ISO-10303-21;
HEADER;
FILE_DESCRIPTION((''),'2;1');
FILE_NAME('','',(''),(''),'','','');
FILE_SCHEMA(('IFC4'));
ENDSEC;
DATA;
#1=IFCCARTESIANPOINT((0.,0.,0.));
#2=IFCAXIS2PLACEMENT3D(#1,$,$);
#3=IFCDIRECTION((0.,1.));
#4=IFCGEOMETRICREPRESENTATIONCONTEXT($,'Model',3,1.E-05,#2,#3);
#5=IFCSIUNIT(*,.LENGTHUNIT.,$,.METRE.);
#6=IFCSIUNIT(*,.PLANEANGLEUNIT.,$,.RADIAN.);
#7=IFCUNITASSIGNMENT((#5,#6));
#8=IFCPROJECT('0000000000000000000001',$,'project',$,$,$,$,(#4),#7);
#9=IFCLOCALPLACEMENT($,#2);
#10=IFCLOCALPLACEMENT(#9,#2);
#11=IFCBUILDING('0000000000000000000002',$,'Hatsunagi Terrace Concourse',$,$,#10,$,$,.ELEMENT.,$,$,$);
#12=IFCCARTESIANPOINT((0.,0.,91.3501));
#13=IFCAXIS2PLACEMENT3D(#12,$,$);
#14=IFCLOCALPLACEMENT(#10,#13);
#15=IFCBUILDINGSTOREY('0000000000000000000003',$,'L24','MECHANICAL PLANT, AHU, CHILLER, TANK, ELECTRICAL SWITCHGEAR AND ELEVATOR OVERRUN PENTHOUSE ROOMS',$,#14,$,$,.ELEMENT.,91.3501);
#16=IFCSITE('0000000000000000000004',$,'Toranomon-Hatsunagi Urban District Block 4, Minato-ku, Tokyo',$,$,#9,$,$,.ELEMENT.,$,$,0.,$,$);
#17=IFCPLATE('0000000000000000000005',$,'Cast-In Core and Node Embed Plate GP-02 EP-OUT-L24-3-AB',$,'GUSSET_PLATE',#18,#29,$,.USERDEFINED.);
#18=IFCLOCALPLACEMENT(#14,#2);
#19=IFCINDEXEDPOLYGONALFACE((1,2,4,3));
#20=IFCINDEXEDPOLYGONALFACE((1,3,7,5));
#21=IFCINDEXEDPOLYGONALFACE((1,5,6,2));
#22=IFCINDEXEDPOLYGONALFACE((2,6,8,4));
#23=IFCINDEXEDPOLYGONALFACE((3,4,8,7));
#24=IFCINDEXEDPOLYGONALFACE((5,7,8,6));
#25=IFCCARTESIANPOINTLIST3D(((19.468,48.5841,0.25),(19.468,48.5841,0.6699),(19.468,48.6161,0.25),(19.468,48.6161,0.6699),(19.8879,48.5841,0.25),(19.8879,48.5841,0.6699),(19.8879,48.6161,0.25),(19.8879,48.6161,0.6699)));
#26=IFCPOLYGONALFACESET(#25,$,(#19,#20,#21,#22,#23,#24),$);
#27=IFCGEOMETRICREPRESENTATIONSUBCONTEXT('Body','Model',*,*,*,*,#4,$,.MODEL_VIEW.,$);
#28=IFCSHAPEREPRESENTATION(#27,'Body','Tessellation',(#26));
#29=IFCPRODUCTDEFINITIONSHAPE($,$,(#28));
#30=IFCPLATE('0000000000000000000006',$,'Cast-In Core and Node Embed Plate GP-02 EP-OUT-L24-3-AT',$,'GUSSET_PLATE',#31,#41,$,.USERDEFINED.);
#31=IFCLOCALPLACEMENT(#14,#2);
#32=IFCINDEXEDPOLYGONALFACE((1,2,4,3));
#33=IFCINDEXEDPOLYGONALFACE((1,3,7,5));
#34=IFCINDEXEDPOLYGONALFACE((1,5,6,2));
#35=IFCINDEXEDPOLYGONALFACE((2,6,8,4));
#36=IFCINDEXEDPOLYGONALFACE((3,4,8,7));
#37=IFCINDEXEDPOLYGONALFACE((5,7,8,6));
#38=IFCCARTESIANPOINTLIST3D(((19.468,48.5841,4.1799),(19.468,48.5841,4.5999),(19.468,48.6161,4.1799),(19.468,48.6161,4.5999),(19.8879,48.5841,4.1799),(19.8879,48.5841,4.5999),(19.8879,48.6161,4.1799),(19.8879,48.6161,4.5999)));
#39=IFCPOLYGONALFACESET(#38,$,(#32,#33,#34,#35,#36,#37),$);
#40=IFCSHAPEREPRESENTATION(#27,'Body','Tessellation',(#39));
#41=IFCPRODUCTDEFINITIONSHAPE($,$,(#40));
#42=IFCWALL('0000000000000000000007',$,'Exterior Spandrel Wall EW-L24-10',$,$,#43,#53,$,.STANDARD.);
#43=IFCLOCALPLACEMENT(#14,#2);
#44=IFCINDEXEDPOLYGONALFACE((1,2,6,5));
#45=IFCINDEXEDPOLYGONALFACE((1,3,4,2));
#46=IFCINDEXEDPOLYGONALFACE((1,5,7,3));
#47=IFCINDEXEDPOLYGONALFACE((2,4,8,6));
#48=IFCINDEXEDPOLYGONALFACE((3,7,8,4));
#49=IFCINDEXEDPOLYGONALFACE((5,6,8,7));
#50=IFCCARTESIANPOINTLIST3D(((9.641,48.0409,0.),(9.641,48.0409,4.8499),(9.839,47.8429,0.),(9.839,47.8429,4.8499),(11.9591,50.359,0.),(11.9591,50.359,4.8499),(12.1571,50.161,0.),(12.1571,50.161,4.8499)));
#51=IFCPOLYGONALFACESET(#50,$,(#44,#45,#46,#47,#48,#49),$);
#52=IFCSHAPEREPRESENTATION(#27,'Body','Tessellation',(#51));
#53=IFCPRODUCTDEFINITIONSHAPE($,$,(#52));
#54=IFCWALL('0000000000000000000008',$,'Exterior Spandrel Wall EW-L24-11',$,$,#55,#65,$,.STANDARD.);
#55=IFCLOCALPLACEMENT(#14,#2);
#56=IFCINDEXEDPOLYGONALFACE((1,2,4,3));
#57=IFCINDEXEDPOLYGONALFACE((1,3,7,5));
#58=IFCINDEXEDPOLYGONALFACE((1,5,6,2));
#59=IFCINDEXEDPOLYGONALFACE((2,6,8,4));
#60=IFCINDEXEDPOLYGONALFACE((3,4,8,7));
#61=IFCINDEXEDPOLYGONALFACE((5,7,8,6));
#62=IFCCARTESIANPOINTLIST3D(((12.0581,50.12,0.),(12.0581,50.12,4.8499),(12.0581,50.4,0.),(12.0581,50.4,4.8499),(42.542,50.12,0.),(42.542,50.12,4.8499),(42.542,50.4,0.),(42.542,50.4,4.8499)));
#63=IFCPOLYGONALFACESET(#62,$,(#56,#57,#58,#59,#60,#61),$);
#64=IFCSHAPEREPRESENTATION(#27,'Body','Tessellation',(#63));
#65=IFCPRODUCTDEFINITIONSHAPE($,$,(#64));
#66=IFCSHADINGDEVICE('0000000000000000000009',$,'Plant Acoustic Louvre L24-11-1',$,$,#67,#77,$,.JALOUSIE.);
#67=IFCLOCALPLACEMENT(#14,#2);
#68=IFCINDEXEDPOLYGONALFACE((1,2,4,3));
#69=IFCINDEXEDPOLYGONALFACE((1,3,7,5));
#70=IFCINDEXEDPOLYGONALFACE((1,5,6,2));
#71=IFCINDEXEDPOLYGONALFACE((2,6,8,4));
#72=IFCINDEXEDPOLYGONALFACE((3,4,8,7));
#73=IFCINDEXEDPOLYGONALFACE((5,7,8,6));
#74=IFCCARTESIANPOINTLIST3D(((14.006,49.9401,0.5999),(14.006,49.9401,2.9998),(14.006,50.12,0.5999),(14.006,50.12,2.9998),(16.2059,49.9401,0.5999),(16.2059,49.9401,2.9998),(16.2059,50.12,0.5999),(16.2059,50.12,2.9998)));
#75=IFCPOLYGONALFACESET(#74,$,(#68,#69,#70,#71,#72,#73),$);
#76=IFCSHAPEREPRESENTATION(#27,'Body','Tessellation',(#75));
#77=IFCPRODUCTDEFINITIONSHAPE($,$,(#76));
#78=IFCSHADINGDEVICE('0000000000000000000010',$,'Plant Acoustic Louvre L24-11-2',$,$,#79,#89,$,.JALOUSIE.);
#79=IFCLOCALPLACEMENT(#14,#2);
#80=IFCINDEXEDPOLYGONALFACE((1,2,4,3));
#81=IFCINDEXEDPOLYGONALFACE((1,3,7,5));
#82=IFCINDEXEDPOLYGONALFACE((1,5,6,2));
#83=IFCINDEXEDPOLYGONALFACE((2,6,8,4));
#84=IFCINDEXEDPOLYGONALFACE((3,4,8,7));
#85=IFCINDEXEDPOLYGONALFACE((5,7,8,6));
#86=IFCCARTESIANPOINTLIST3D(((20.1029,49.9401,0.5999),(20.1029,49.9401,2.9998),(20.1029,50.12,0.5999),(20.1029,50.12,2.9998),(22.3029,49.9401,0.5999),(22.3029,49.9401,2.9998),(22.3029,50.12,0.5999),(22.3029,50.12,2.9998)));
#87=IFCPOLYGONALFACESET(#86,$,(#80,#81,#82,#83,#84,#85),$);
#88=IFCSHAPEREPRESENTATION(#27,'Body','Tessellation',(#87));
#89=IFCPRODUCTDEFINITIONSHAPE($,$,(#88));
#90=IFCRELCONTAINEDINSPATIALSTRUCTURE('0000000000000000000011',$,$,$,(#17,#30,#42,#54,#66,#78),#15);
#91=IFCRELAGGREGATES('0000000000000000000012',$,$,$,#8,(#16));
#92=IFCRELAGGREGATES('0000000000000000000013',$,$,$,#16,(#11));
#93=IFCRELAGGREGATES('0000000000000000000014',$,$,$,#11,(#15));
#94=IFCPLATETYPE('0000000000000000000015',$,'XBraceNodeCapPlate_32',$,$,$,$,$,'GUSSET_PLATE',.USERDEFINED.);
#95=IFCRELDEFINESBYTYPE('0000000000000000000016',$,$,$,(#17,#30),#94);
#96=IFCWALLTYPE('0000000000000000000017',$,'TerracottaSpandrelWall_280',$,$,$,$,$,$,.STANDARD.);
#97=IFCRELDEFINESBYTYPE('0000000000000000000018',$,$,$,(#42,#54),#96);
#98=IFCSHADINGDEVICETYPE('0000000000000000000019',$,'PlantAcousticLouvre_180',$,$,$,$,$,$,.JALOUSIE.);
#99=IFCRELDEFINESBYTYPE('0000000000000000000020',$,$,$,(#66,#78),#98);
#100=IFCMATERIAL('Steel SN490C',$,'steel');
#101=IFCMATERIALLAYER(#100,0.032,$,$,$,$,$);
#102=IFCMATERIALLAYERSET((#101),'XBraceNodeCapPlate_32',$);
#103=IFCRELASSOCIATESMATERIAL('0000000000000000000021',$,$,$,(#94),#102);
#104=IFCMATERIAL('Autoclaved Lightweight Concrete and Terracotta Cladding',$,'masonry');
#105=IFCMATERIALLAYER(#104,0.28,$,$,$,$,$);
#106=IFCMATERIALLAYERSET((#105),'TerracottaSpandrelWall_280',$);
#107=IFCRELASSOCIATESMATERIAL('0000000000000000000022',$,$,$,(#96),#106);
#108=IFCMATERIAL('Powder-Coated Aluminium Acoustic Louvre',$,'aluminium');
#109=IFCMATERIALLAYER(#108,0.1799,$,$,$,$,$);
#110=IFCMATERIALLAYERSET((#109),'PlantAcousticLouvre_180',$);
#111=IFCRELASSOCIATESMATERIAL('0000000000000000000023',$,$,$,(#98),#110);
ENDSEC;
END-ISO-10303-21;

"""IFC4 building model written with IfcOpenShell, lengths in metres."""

from ifc_helpers import new_model, si_unit, direction, frame, frame_2d, origin, origin_2d, place, context, subcontext, project, spatial, rectangle, extrude, material, layer, layer_set, type_object, element, save


model = new_model("IFC4")

# Units and contexts
model_context = context("Model", 3, precision=1e-05, world=origin(), true_north=direction((0.0, 1.0)))
body_context = subcontext(model_context, "Body", "Model", "MODEL_VIEW")
ifc_project = project(units=[si_unit("LENGTHUNIT", "METRE"), si_unit("PLANEANGLEUNIT", "RADIAN")], contexts=[model_context])

# Site, building, storey
site_placement = place(None, origin())
site = spatial("IfcSite", under=ifc_project, at=site_placement, Name="Toranomon-Hatsunagi Urban District Block 4, Minato-ku, Tokyo", CompositionType="ELEMENT", RefElevation=0.0)
building_placement = place(site_placement, origin())
building = spatial("IfcBuilding", under=site, at=building_placement, Name="Hatsunagi Terrace Concourse", CompositionType="ELEMENT")
storey_placement = place(building_placement, frame((0.0, 0.0, 91.3501)))
storey = spatial("IfcBuildingStorey", under=building, at=storey_placement, Name="L24", Description="MECHANICAL PLANT, AHU, CHILLER, TANK, ELECTRICAL SWITCHGEAR AND ELEVATOR OVERRUN PENTHOUSE ROOMS", CompositionType="ELEMENT", Elevation=91.3501)

# Plates
ifc_material_1 = material(Name="Steel SN490C", Category="steel")
ifc_layer_1 = layer(ifc_material_1, 0.032)
ifc_layer_set_1 = layer_set([ifc_layer_1], Name="XBraceNodeCapPlate_32")
plate_type_1 = type_object("IfcPlateType", Name="XBraceNodeCapPlate_32", ElementType="GUSSET_PLATE", PredefinedType="USERDEFINED", material=ifc_layer_set_1)
for number, where, z_axis, x_axis, name in (
    (1, (19.678, 48.6001, 0.25), (0.0, 0.0, 1.0), (1.0, 0.0, 0.0), "Cast-In Core and Node Embed Plate GP-02 EP-OUT-L24-3-AB"),
    (2, (19.678, 48.6001, 4.1799), (0.0, 0.0, 1.0), (1.0, 0.0, 0.0), "Cast-In Core and Node Embed Plate GP-02 EP-OUT-L24-3-AT"),
):
    element("IfcPlate", number, at=place(storey_placement, frame(where, z_axis=z_axis, x_axis=x_axis)), inside=storey, type_object=plate_type_1, Name=name, ObjectType="GUSSET_PLATE", PredefinedType="USERDEFINED", context=body_context, shape_type="SweptSolid", body=[
        extrude(rectangle(XDim=0.4199, YDim=0.032, at=origin_2d()), origin(), (0.0, 0.0, 1.0), 0.4199),
    ])

# Walls
ifc_material_2 = material(Name="Autoclaved Lightweight Concrete and Terracotta Cladding", Category="masonry")
ifc_layer_2 = layer(ifc_material_2, 0.28)
ifc_layer_set_2 = layer_set([ifc_layer_2], Name="TerracottaSpandrelWall_280")
wall_type = type_object("IfcWallType", Name="TerracottaSpandrelWall_280", PredefinedType="STANDARD", material=ifc_layer_set_2)
wall_1_placement = place(storey_placement, frame((9.74, 47.9419, 0.0), z_axis=(0.0, 0.0, 1.0), x_axis=(0.707107, 0.707107, 0.0)))
element("IfcWall", 3, at=wall_1_placement, inside=storey, type_object=wall_type, Name="Exterior Spandrel Wall EW-L24-10", PredefinedType="STANDARD", context=body_context, shape_type="SweptSolid", body=[
    extrude(rectangle(XDim=3.2783, YDim=0.28, at=frame_2d((1.6392, 0.0))), origin(), (0.0, 0.0, 1.0), 4.8499),
])
wall_2_placement = place(storey_placement, frame((12.0581, 50.26, 0.0), z_axis=(0.0, 0.0, 1.0), x_axis=(1.0, 0.0, 0.0)))
element("IfcWall", 4, at=wall_2_placement, inside=storey, type_object=wall_type, Name="Exterior Spandrel Wall EW-L24-11", PredefinedType="STANDARD", context=body_context, shape_type="SweptSolid", body=[
    extrude(rectangle(XDim=30.4839, YDim=0.28, at=frame_2d((15.2419, 0.0))), origin(), (0.0, 0.0, 1.0), 4.8499),
])

# Shading devices
ifc_material_3 = material(Name="Powder-Coated Aluminium Acoustic Louvre", Category="aluminium")
ifc_layer_3 = layer(ifc_material_3, 0.1799)
ifc_layer_set_3 = layer_set([ifc_layer_3], Name="PlantAcousticLouvre_180")
shading_device_type = type_object("IfcShadingDeviceType", Name="PlantAcousticLouvre_180", PredefinedType="JALOUSIE", material=ifc_layer_set_3)
for number, where, z_axis, x_axis, name in (
    (5, (15.106, 50.03, 0.5999), (0.0, 0.0, 1.0), (1.0, 0.0, 0.0), "Plant Acoustic Louvre L24-11-1"),
    (6, (21.2029, 50.03, 0.5999), (0.0, 0.0, 1.0), (1.0, 0.0, 0.0), "Plant Acoustic Louvre L24-11-2"),
):
    element("IfcShadingDevice", number, at=place(storey_placement, frame(where, z_axis=z_axis, x_axis=x_axis)), inside=storey, type_object=shading_device_type, Name=name, PredefinedType="JALOUSIE", context=body_context, shape_type="SweptSolid", body=[
        extrude(rectangle(XDim=2.2, YDim=0.1799, at=origin_2d()), origin(), (0.0, 0.0, 1.0), 2.3999),
    ])

save(model, "model.ifc")
